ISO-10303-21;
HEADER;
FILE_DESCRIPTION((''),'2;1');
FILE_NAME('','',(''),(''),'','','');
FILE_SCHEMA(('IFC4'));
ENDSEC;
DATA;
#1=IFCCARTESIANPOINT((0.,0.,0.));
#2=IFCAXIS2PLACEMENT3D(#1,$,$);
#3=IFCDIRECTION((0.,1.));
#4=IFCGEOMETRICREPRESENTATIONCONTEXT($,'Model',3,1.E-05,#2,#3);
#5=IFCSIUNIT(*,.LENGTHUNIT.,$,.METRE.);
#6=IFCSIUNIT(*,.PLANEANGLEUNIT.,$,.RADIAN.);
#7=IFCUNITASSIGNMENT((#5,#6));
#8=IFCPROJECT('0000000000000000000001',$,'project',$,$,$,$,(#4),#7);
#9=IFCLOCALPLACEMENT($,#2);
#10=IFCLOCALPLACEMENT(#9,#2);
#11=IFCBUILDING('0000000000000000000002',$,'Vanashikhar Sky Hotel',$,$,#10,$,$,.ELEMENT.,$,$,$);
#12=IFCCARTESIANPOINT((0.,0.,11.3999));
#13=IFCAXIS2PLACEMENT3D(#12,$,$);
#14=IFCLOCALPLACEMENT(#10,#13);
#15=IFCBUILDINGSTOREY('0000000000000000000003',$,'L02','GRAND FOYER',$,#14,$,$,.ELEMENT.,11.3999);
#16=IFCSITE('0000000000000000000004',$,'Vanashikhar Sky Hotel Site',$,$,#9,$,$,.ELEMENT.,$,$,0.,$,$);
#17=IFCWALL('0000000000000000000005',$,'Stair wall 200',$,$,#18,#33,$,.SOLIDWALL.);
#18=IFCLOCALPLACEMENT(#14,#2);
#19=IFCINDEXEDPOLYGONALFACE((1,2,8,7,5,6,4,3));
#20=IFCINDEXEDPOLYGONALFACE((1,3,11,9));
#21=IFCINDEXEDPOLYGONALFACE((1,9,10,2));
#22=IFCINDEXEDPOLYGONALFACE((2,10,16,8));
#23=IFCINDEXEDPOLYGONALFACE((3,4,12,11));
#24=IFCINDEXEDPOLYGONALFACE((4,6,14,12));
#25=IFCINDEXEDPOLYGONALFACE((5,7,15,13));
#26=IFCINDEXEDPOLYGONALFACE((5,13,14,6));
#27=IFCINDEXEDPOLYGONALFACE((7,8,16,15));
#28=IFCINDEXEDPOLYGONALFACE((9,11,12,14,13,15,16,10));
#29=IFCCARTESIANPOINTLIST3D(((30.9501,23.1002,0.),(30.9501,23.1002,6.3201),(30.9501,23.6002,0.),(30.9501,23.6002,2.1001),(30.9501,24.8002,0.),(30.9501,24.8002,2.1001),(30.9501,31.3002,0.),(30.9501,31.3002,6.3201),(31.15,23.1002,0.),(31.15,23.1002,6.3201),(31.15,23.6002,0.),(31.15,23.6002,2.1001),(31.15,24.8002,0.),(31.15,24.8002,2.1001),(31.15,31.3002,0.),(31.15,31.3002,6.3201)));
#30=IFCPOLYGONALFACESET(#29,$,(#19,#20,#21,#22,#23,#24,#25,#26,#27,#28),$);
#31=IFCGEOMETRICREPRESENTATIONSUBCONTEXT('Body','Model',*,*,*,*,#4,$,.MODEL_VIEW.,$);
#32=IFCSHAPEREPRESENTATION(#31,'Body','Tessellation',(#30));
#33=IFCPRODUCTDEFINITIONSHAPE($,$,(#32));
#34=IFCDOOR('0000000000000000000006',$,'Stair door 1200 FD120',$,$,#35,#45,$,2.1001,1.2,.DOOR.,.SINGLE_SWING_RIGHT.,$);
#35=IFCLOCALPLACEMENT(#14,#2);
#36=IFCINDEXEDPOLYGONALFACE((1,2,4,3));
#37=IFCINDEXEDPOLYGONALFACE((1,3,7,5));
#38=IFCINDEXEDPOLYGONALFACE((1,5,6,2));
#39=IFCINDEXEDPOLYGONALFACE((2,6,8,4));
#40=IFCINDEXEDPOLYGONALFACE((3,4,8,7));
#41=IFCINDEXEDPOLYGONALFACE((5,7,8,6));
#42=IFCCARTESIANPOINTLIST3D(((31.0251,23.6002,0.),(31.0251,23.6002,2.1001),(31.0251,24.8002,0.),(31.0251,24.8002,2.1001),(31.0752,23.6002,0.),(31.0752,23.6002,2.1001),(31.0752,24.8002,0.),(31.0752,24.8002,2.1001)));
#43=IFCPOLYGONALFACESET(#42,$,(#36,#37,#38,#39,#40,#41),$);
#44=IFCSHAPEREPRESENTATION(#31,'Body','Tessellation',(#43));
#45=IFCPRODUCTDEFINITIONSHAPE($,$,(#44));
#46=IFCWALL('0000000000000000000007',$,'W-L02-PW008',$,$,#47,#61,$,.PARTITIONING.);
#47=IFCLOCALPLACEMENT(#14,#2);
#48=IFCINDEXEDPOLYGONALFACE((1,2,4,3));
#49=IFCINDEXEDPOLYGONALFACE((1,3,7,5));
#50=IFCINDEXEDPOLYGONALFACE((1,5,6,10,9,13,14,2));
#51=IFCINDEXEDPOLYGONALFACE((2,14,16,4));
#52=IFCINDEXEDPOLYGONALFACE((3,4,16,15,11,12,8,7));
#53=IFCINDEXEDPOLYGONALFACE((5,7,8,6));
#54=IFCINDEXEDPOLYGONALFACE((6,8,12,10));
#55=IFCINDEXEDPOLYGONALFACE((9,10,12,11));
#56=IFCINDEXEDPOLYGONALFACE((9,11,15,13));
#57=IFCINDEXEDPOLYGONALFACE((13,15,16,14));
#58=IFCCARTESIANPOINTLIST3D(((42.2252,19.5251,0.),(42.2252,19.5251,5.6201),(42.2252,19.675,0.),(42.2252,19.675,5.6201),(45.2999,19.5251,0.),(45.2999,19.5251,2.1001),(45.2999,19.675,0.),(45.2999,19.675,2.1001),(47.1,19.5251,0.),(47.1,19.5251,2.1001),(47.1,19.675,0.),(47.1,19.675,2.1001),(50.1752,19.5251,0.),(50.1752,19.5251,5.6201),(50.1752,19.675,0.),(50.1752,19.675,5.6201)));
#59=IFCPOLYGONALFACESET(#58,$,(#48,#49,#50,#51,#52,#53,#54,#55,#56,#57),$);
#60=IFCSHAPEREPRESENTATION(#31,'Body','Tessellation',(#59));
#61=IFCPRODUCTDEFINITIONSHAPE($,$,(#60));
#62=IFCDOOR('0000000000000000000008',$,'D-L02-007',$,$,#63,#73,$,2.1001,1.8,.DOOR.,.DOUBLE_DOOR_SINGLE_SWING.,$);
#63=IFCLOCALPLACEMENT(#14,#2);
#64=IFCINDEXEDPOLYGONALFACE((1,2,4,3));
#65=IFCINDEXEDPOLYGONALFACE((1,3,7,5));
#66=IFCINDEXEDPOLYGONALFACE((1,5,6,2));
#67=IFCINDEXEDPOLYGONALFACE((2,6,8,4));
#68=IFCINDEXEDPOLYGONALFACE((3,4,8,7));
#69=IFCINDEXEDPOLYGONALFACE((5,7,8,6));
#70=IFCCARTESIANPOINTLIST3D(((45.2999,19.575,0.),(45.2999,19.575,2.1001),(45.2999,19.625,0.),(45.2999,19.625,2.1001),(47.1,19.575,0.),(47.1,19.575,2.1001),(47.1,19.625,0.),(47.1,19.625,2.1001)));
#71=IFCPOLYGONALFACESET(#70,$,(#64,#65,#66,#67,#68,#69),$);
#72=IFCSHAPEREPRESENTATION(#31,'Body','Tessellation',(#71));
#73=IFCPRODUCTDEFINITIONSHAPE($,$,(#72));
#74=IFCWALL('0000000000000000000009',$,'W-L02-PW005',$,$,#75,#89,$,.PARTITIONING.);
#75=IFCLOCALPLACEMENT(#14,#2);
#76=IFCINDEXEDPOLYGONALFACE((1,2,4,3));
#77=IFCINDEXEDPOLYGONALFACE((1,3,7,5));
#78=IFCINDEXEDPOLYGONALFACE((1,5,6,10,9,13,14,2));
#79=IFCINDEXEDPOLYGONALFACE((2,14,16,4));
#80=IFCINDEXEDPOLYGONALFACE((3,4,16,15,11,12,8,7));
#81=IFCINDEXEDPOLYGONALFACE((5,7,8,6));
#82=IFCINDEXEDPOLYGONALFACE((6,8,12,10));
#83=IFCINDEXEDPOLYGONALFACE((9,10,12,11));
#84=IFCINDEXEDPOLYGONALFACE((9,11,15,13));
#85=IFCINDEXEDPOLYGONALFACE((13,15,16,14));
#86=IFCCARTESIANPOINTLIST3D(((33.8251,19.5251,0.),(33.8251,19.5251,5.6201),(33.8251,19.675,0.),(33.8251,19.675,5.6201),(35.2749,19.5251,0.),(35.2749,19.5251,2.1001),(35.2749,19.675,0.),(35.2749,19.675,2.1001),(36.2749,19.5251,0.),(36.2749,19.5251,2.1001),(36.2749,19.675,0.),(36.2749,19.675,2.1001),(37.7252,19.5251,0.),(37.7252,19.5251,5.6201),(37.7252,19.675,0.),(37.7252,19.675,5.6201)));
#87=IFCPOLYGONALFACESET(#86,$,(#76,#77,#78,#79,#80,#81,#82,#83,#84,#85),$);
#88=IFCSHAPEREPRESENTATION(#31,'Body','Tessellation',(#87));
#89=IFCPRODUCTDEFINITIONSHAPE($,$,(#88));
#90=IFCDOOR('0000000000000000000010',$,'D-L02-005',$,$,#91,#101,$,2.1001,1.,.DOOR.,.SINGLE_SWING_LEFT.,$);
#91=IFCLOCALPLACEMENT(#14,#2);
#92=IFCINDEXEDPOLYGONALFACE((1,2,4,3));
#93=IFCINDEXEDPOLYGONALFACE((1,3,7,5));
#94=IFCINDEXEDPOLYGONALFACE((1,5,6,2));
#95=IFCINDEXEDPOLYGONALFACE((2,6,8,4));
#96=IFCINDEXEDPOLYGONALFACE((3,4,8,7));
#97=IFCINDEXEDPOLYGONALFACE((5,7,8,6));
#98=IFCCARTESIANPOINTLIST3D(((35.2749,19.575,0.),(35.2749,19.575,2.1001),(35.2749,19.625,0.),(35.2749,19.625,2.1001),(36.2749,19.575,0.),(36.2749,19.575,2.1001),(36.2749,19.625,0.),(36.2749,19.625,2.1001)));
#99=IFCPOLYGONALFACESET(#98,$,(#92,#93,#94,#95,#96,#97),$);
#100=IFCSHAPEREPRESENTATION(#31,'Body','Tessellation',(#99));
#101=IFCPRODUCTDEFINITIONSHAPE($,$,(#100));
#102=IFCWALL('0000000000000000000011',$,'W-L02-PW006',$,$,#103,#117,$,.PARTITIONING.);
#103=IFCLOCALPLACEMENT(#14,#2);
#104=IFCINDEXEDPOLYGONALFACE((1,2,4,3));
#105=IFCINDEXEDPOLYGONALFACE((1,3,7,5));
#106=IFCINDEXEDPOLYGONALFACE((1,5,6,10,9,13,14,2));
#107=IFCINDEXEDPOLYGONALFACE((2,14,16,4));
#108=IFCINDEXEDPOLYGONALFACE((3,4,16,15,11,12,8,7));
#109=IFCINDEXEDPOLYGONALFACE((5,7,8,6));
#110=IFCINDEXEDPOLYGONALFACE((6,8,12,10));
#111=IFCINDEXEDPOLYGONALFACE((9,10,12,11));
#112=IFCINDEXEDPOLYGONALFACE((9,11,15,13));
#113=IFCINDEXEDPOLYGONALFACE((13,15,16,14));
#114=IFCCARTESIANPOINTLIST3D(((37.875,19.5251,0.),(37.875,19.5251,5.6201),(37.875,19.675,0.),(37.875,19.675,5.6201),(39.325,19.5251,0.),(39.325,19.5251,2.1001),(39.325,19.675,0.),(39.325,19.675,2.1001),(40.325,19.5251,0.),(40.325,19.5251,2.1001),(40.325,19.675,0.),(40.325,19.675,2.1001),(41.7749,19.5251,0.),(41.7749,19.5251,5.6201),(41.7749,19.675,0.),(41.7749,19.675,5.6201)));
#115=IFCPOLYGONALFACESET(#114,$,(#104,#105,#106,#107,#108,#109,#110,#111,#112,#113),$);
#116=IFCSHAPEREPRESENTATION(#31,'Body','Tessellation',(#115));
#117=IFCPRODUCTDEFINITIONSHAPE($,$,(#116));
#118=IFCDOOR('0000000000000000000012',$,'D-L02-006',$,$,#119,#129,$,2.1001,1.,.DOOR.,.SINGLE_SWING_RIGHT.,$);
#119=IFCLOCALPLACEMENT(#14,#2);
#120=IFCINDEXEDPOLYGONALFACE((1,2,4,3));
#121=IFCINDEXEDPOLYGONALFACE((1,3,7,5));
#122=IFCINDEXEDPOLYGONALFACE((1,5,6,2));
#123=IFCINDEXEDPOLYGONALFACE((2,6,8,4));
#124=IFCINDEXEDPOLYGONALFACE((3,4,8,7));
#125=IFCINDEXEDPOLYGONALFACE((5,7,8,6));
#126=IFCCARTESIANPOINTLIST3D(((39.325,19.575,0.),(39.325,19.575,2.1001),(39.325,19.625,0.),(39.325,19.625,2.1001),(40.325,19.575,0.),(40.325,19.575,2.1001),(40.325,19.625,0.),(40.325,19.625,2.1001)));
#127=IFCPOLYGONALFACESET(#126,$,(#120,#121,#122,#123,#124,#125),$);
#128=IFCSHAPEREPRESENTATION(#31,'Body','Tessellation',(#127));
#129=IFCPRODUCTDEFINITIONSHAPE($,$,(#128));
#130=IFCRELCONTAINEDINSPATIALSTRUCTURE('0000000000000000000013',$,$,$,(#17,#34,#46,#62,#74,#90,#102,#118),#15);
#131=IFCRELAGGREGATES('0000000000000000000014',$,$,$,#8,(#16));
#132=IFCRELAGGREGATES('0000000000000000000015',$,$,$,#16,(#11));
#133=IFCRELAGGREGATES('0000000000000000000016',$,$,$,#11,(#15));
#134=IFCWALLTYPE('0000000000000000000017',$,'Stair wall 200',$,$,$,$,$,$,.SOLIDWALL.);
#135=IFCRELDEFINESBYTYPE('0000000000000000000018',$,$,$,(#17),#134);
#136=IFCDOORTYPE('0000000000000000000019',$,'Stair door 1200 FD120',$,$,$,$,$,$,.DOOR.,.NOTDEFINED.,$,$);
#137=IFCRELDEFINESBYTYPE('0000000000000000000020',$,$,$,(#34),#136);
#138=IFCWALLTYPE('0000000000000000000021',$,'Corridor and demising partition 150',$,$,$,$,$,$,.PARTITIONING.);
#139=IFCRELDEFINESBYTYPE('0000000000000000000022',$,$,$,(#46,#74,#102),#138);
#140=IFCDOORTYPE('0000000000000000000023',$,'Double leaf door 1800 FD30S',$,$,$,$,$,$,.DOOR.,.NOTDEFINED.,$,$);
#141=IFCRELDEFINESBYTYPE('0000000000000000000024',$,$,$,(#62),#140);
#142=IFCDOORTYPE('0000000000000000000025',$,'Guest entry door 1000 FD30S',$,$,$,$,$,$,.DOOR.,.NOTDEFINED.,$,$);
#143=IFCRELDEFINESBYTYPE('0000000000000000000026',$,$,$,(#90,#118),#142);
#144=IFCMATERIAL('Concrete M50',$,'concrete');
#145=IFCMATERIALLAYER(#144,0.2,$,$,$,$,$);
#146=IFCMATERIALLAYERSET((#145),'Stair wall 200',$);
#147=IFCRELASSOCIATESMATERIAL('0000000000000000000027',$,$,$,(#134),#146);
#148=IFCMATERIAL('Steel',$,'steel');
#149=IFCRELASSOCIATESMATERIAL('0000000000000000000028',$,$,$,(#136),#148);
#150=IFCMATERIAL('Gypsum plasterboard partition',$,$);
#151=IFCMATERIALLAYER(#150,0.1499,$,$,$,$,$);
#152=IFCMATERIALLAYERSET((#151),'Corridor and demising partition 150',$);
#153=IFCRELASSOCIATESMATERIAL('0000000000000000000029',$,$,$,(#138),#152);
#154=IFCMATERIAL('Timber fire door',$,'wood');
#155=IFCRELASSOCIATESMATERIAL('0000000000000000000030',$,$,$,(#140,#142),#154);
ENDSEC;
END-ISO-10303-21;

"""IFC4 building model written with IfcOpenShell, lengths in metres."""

from ifc_helpers import new_model, si_unit, direction, frame, frame_2d, origin, place, context, subcontext, project, spatial, rectangle, extrude, source, transform, mapped, material, layer, layer_set, type_object, element, fill, save


model = new_model("IFC4")

# Units and contexts
model_context = context("Model", 3, precision=1e-05, world=origin(), true_north=direction((0.0, 1.0)))
body_context = subcontext(model_context, "Body", "Model", "MODEL_VIEW")
ifc_project = project(units=[si_unit("LENGTHUNIT", "METRE"), si_unit("PLANEANGLEUNIT", "RADIAN")], contexts=[model_context])

# Site, building, storey
site_placement = place(None, origin())
site = spatial("IfcSite", under=ifc_project, at=site_placement, Name="Vanashikhar Sky Hotel Site", CompositionType="ELEMENT", RefElevation=0.0)
building_placement = place(site_placement, origin())
building = spatial("IfcBuilding", under=site, at=building_placement, Name="Vanashikhar Sky Hotel", CompositionType="ELEMENT")
storey_placement = place(building_placement, frame((0.0, 0.0, 11.3999)))
storey = spatial("IfcBuildingStorey", under=building, at=storey_placement, Name="L02", Description="GRAND FOYER", CompositionType="ELEMENT", Elevation=11.3999)

# Shared definitions
ifc_material_1 = material(Name="Concrete M50", Category="concrete")

# Shared definitions
ifc_material_2 = material(Name="Steel", Category="steel")

# Walls, openings, doors
ifc_layer_1 = layer(ifc_material_1, 0.2)
ifc_layer_set_1 = layer_set([ifc_layer_1], Name="Stair wall 200")
wall_type_1 = type_object("IfcWallType", Name="Stair wall 200", PredefinedType="SOLIDWALL", material=ifc_layer_set_1)
shared_shape_1 = source(origin(), body_context, "Body", "SweptSolid", [
    extrude(rectangle(XDim=8.2, YDim=0.2, at=frame_2d((4.1001, 0.0))), origin(), (0.0, 0.0, 1.0), 6.3201),
])
wall_1_placement = place(storey_placement, frame((31.05, 23.1001, 0.0), z_axis=(0.0, 0.0, 1.0), x_axis=(0.0, 1.0, 0.0)))
wall_1 = element("IfcWall", 1, at=wall_1_placement, inside=storey, type_object=wall_type_1, Name="Stair wall 200", PredefinedType="SOLIDWALL", context=body_context, shape_type="MappedRepresentation", body=[
    mapped(shared_shape_1, transform((0.0, 0.0, 0.0), scale=1.0)),
])
shared_shape_2 = source(origin(), body_context, "Body", "SweptSolid", [
    extrude(rectangle(XDim=1.2, YDim=2.1001, at=frame_2d((0.6001, 1.05))), frame((0.0, 0.1099, 0.0), z_axis=(0.0, -1.0, 0.0), x_axis=(1.0, 0.0, 0.0)), (0.0, 0.0, 1.0), 0.22),
])
opening_1_placement = place(wall_1_placement, frame((0.5, 0.0, 0.0)))
opening_1 = element("IfcOpeningElement", 2, at=opening_1_placement, cuts=wall_1, PredefinedType="OPENING", context=body_context, shape_type="MappedRepresentation", body=[
    mapped(shared_shape_2, transform((0.0, 0.0, 0.0), scale=1.0)),
])
door_type_1 = type_object("IfcDoorType", Name="Stair door 1200 FD120", OperationType="NOTDEFINED", PredefinedType="DOOR", material=ifc_material_2)
shared_shape_3 = source(origin(), body_context, "Body", "SweptSolid", [
    extrude(rectangle(XDim=1.2, YDim=2.1001, at=frame_2d((0.6001, 1.05))), frame((0.0, 0.0249, 0.0), z_axis=(0.0, -1.0, 0.0), x_axis=(1.0, 0.0, 0.0)), (0.0, 0.0, 1.0), 0.05),
])
door_1_placement = place(opening_1_placement, origin())
door_1 = element("IfcDoor", 3, at=door_1_placement, inside=storey, type_object=door_type_1, Name="Stair door 1200 FD120", OperationType="SINGLE_SWING_RIGHT", OverallHeight=2.1001, OverallWidth=1.2, PredefinedType="DOOR", context=body_context, shape_type="MappedRepresentation", body=[
    mapped(shared_shape_3, transform((0.0, 0.0, 0.0), scale=1.0)),
])
fill(opening_1, door_1)
ifc_material_3 = material(Name="Gypsum plasterboard partition")
ifc_layer_2 = layer(ifc_material_3, 0.1499)
ifc_layer_set_2 = layer_set([ifc_layer_2], Name="Corridor and demising partition 150")
wall_type_2 = type_object("IfcWallType", Name="Corridor and demising partition 150", PredefinedType="PARTITIONING", material=ifc_layer_set_2)
shared_shape_4 = source(origin(), body_context, "Body", "SweptSolid", [
    extrude(rectangle(XDim=7.95, YDim=0.1499, at=frame_2d((3.9751, 0.0))), origin(), (0.0, 0.0, 1.0), 5.6201),
])
wall_2_placement = place(storey_placement, frame((42.2251, 19.6001, 0.0), z_axis=(0.0, 0.0, 1.0), x_axis=(1.0, 0.0, 0.0)))
wall_2 = element("IfcWall", 4, at=wall_2_placement, inside=storey, type_object=wall_type_2, Name="W-L02-PW008", PredefinedType="PARTITIONING", context=body_context, shape_type="MappedRepresentation", body=[
    mapped(shared_shape_4, transform((0.0, 0.0, 0.0), scale=1.0)),
])
shared_shape_5 = source(origin(), body_context, "Body", "SweptSolid", [
    extrude(rectangle(XDim=1.8, YDim=2.1001, at=frame_2d((0.8999, 1.05))), frame((0.0, 0.085, 0.0), z_axis=(0.0, -1.0, 0.0), x_axis=(1.0, 0.0, 0.0)), (0.0, 0.0, 1.0), 0.1699),
])
opening_2_placement = place(wall_2_placement, frame((3.075, 0.0, 0.0)))
opening_2 = element("IfcOpeningElement", 5, at=opening_2_placement, cuts=wall_2, PredefinedType="OPENING", context=body_context, shape_type="MappedRepresentation", body=[
    mapped(shared_shape_5, transform((0.0, 0.0, 0.0), scale=1.0)),
])
ifc_material_4 = material(Name="Timber fire door", Category="wood")
door_type_2 = type_object("IfcDoorType", Name="Double leaf door 1800 FD30S", OperationType="NOTDEFINED", PredefinedType="DOOR", material=ifc_material_4)
shared_shape_6 = source(origin(), body_context, "Body", "SweptSolid", [
    extrude(rectangle(XDim=1.8, YDim=2.1001, at=frame_2d((0.8999, 1.05))), frame((0.0, 0.0249, 0.0), z_axis=(0.0, -1.0, 0.0), x_axis=(1.0, 0.0, 0.0)), (0.0, 0.0, 1.0), 0.05),
])
door_2_placement = place(opening_2_placement, origin())
door_2 = element("IfcDoor", 6, at=door_2_placement, inside=storey, type_object=door_type_2, Name="D-L02-007", OperationType="DOUBLE_DOOR_SINGLE_SWING", OverallHeight=2.1001, OverallWidth=1.8, PredefinedType="DOOR", context=body_context, shape_type="MappedRepresentation", body=[
    mapped(shared_shape_6, transform((0.0, 0.0, 0.0), scale=1.0)),
])
fill(opening_2, door_2)
shared_shape_7 = source(origin(), body_context, "Body", "SweptSolid", [
    extrude(rectangle(XDim=3.9001, YDim=0.1499, at=frame_2d((1.9502, 0.0))), origin(), (0.0, 0.0, 1.0), 5.6201),
])
wall_3_placement = place(storey_placement, frame((33.825, 19.6001, 0.0), z_axis=(0.0, 0.0, 1.0), x_axis=(1.0, 0.0, 0.0)))
wall_3 = element("IfcWall", 7, at=wall_3_placement, inside=storey, type_object=wall_type_2, Name="W-L02-PW005", PredefinedType="PARTITIONING", context=body_context, shape_type="MappedRepresentation", body=[
    mapped(shared_shape_7, transform((0.0, 0.0, 0.0), scale=1.0)),
])
shared_shape_8 = source(origin(), body_context, "Body", "SweptSolid", [
    extrude(rectangle(XDim=1.0, YDim=2.1001, at=frame_2d((0.5, 1.05))), frame((0.0, 0.085, 0.0), z_axis=(0.0, -1.0, 0.0), x_axis=(1.0, 0.0, 0.0)), (0.0, 0.0, 1.0), 0.1699),
])
opening_3_placement = place(wall_3_placement, frame((1.45, 0.0, 0.0)))
opening_3 = element("IfcOpeningElement", 8, at=opening_3_placement, cuts=wall_3, PredefinedType="OPENING", context=body_context, shape_type="MappedRepresentation", body=[
    mapped(shared_shape_8, transform((0.0, 0.0, 0.0), scale=1.0)),
])
door_type_3 = type_object("IfcDoorType", Name="Guest entry door 1000 FD30S", OperationType="NOTDEFINED", PredefinedType="DOOR", material=ifc_material_4)
shared_shape_9 = source(origin(), body_context, "Body", "SweptSolid", [
    extrude(rectangle(XDim=1.0, YDim=2.1001, at=frame_2d((0.5, 1.05))), frame((0.0, 0.0249, 0.0), z_axis=(0.0, -1.0, 0.0), x_axis=(1.0, 0.0, 0.0)), (0.0, 0.0, 1.0), 0.05),
])
door_3_placement = place(opening_3_placement, origin())
door_3 = element("IfcDoor", 9, at=door_3_placement, inside=storey, type_object=door_type_3, Name="D-L02-005", OperationType="SINGLE_SWING_LEFT", OverallHeight=2.1001, OverallWidth=1.0, PredefinedType="DOOR", context=body_context, shape_type="MappedRepresentation", body=[
    mapped(shared_shape_9, transform((0.0, 0.0, 0.0), scale=1.0)),
])
fill(opening_3, door_3)
shared_shape_10 = source(origin(), body_context, "Body", "SweptSolid", [
    extrude(rectangle(XDim=3.8999, YDim=0.1499, at=frame_2d((1.95, 0.0))), origin(), (0.0, 0.0, 1.0), 5.6201),
])
wall_4_placement = place(storey_placement, frame((37.875, 19.6001, 0.0), z_axis=(0.0, 0.0, 1.0), x_axis=(1.0, 0.0, 0.0)))
wall_4 = element("IfcWall", 10, at=wall_4_placement, inside=storey, type_object=wall_type_2, Name="W-L02-PW006", PredefinedType="PARTITIONING", context=body_context, shape_type="MappedRepresentation", body=[
    mapped(shared_shape_10, transform((0.0, 0.0, 0.0), scale=1.0)),
])
opening_4_placement = place(wall_4_placement, frame((1.45, 0.0, 0.0)))
opening_4 = element("IfcOpeningElement", 11, at=opening_4_placement, cuts=wall_4, PredefinedType="OPENING", context=body_context, shape_type="MappedRepresentation", body=[
    mapped(shared_shape_8, transform((0.0, 0.0, 0.0), scale=1.0)),
])
door_4_placement = place(opening_4_placement, origin())
door_4 = element("IfcDoor", 12, at=door_4_placement, inside=storey, type_object=door_type_3, Name="D-L02-006", OperationType="SINGLE_SWING_RIGHT", OverallHeight=2.1001, OverallWidth=1.0, PredefinedType="DOOR", context=body_context, shape_type="MappedRepresentation", body=[
    mapped(shared_shape_9, transform((0.0, 0.0, 0.0), scale=1.0)),
])
fill(opening_4, door_4)

save(model, "model.ifc")
